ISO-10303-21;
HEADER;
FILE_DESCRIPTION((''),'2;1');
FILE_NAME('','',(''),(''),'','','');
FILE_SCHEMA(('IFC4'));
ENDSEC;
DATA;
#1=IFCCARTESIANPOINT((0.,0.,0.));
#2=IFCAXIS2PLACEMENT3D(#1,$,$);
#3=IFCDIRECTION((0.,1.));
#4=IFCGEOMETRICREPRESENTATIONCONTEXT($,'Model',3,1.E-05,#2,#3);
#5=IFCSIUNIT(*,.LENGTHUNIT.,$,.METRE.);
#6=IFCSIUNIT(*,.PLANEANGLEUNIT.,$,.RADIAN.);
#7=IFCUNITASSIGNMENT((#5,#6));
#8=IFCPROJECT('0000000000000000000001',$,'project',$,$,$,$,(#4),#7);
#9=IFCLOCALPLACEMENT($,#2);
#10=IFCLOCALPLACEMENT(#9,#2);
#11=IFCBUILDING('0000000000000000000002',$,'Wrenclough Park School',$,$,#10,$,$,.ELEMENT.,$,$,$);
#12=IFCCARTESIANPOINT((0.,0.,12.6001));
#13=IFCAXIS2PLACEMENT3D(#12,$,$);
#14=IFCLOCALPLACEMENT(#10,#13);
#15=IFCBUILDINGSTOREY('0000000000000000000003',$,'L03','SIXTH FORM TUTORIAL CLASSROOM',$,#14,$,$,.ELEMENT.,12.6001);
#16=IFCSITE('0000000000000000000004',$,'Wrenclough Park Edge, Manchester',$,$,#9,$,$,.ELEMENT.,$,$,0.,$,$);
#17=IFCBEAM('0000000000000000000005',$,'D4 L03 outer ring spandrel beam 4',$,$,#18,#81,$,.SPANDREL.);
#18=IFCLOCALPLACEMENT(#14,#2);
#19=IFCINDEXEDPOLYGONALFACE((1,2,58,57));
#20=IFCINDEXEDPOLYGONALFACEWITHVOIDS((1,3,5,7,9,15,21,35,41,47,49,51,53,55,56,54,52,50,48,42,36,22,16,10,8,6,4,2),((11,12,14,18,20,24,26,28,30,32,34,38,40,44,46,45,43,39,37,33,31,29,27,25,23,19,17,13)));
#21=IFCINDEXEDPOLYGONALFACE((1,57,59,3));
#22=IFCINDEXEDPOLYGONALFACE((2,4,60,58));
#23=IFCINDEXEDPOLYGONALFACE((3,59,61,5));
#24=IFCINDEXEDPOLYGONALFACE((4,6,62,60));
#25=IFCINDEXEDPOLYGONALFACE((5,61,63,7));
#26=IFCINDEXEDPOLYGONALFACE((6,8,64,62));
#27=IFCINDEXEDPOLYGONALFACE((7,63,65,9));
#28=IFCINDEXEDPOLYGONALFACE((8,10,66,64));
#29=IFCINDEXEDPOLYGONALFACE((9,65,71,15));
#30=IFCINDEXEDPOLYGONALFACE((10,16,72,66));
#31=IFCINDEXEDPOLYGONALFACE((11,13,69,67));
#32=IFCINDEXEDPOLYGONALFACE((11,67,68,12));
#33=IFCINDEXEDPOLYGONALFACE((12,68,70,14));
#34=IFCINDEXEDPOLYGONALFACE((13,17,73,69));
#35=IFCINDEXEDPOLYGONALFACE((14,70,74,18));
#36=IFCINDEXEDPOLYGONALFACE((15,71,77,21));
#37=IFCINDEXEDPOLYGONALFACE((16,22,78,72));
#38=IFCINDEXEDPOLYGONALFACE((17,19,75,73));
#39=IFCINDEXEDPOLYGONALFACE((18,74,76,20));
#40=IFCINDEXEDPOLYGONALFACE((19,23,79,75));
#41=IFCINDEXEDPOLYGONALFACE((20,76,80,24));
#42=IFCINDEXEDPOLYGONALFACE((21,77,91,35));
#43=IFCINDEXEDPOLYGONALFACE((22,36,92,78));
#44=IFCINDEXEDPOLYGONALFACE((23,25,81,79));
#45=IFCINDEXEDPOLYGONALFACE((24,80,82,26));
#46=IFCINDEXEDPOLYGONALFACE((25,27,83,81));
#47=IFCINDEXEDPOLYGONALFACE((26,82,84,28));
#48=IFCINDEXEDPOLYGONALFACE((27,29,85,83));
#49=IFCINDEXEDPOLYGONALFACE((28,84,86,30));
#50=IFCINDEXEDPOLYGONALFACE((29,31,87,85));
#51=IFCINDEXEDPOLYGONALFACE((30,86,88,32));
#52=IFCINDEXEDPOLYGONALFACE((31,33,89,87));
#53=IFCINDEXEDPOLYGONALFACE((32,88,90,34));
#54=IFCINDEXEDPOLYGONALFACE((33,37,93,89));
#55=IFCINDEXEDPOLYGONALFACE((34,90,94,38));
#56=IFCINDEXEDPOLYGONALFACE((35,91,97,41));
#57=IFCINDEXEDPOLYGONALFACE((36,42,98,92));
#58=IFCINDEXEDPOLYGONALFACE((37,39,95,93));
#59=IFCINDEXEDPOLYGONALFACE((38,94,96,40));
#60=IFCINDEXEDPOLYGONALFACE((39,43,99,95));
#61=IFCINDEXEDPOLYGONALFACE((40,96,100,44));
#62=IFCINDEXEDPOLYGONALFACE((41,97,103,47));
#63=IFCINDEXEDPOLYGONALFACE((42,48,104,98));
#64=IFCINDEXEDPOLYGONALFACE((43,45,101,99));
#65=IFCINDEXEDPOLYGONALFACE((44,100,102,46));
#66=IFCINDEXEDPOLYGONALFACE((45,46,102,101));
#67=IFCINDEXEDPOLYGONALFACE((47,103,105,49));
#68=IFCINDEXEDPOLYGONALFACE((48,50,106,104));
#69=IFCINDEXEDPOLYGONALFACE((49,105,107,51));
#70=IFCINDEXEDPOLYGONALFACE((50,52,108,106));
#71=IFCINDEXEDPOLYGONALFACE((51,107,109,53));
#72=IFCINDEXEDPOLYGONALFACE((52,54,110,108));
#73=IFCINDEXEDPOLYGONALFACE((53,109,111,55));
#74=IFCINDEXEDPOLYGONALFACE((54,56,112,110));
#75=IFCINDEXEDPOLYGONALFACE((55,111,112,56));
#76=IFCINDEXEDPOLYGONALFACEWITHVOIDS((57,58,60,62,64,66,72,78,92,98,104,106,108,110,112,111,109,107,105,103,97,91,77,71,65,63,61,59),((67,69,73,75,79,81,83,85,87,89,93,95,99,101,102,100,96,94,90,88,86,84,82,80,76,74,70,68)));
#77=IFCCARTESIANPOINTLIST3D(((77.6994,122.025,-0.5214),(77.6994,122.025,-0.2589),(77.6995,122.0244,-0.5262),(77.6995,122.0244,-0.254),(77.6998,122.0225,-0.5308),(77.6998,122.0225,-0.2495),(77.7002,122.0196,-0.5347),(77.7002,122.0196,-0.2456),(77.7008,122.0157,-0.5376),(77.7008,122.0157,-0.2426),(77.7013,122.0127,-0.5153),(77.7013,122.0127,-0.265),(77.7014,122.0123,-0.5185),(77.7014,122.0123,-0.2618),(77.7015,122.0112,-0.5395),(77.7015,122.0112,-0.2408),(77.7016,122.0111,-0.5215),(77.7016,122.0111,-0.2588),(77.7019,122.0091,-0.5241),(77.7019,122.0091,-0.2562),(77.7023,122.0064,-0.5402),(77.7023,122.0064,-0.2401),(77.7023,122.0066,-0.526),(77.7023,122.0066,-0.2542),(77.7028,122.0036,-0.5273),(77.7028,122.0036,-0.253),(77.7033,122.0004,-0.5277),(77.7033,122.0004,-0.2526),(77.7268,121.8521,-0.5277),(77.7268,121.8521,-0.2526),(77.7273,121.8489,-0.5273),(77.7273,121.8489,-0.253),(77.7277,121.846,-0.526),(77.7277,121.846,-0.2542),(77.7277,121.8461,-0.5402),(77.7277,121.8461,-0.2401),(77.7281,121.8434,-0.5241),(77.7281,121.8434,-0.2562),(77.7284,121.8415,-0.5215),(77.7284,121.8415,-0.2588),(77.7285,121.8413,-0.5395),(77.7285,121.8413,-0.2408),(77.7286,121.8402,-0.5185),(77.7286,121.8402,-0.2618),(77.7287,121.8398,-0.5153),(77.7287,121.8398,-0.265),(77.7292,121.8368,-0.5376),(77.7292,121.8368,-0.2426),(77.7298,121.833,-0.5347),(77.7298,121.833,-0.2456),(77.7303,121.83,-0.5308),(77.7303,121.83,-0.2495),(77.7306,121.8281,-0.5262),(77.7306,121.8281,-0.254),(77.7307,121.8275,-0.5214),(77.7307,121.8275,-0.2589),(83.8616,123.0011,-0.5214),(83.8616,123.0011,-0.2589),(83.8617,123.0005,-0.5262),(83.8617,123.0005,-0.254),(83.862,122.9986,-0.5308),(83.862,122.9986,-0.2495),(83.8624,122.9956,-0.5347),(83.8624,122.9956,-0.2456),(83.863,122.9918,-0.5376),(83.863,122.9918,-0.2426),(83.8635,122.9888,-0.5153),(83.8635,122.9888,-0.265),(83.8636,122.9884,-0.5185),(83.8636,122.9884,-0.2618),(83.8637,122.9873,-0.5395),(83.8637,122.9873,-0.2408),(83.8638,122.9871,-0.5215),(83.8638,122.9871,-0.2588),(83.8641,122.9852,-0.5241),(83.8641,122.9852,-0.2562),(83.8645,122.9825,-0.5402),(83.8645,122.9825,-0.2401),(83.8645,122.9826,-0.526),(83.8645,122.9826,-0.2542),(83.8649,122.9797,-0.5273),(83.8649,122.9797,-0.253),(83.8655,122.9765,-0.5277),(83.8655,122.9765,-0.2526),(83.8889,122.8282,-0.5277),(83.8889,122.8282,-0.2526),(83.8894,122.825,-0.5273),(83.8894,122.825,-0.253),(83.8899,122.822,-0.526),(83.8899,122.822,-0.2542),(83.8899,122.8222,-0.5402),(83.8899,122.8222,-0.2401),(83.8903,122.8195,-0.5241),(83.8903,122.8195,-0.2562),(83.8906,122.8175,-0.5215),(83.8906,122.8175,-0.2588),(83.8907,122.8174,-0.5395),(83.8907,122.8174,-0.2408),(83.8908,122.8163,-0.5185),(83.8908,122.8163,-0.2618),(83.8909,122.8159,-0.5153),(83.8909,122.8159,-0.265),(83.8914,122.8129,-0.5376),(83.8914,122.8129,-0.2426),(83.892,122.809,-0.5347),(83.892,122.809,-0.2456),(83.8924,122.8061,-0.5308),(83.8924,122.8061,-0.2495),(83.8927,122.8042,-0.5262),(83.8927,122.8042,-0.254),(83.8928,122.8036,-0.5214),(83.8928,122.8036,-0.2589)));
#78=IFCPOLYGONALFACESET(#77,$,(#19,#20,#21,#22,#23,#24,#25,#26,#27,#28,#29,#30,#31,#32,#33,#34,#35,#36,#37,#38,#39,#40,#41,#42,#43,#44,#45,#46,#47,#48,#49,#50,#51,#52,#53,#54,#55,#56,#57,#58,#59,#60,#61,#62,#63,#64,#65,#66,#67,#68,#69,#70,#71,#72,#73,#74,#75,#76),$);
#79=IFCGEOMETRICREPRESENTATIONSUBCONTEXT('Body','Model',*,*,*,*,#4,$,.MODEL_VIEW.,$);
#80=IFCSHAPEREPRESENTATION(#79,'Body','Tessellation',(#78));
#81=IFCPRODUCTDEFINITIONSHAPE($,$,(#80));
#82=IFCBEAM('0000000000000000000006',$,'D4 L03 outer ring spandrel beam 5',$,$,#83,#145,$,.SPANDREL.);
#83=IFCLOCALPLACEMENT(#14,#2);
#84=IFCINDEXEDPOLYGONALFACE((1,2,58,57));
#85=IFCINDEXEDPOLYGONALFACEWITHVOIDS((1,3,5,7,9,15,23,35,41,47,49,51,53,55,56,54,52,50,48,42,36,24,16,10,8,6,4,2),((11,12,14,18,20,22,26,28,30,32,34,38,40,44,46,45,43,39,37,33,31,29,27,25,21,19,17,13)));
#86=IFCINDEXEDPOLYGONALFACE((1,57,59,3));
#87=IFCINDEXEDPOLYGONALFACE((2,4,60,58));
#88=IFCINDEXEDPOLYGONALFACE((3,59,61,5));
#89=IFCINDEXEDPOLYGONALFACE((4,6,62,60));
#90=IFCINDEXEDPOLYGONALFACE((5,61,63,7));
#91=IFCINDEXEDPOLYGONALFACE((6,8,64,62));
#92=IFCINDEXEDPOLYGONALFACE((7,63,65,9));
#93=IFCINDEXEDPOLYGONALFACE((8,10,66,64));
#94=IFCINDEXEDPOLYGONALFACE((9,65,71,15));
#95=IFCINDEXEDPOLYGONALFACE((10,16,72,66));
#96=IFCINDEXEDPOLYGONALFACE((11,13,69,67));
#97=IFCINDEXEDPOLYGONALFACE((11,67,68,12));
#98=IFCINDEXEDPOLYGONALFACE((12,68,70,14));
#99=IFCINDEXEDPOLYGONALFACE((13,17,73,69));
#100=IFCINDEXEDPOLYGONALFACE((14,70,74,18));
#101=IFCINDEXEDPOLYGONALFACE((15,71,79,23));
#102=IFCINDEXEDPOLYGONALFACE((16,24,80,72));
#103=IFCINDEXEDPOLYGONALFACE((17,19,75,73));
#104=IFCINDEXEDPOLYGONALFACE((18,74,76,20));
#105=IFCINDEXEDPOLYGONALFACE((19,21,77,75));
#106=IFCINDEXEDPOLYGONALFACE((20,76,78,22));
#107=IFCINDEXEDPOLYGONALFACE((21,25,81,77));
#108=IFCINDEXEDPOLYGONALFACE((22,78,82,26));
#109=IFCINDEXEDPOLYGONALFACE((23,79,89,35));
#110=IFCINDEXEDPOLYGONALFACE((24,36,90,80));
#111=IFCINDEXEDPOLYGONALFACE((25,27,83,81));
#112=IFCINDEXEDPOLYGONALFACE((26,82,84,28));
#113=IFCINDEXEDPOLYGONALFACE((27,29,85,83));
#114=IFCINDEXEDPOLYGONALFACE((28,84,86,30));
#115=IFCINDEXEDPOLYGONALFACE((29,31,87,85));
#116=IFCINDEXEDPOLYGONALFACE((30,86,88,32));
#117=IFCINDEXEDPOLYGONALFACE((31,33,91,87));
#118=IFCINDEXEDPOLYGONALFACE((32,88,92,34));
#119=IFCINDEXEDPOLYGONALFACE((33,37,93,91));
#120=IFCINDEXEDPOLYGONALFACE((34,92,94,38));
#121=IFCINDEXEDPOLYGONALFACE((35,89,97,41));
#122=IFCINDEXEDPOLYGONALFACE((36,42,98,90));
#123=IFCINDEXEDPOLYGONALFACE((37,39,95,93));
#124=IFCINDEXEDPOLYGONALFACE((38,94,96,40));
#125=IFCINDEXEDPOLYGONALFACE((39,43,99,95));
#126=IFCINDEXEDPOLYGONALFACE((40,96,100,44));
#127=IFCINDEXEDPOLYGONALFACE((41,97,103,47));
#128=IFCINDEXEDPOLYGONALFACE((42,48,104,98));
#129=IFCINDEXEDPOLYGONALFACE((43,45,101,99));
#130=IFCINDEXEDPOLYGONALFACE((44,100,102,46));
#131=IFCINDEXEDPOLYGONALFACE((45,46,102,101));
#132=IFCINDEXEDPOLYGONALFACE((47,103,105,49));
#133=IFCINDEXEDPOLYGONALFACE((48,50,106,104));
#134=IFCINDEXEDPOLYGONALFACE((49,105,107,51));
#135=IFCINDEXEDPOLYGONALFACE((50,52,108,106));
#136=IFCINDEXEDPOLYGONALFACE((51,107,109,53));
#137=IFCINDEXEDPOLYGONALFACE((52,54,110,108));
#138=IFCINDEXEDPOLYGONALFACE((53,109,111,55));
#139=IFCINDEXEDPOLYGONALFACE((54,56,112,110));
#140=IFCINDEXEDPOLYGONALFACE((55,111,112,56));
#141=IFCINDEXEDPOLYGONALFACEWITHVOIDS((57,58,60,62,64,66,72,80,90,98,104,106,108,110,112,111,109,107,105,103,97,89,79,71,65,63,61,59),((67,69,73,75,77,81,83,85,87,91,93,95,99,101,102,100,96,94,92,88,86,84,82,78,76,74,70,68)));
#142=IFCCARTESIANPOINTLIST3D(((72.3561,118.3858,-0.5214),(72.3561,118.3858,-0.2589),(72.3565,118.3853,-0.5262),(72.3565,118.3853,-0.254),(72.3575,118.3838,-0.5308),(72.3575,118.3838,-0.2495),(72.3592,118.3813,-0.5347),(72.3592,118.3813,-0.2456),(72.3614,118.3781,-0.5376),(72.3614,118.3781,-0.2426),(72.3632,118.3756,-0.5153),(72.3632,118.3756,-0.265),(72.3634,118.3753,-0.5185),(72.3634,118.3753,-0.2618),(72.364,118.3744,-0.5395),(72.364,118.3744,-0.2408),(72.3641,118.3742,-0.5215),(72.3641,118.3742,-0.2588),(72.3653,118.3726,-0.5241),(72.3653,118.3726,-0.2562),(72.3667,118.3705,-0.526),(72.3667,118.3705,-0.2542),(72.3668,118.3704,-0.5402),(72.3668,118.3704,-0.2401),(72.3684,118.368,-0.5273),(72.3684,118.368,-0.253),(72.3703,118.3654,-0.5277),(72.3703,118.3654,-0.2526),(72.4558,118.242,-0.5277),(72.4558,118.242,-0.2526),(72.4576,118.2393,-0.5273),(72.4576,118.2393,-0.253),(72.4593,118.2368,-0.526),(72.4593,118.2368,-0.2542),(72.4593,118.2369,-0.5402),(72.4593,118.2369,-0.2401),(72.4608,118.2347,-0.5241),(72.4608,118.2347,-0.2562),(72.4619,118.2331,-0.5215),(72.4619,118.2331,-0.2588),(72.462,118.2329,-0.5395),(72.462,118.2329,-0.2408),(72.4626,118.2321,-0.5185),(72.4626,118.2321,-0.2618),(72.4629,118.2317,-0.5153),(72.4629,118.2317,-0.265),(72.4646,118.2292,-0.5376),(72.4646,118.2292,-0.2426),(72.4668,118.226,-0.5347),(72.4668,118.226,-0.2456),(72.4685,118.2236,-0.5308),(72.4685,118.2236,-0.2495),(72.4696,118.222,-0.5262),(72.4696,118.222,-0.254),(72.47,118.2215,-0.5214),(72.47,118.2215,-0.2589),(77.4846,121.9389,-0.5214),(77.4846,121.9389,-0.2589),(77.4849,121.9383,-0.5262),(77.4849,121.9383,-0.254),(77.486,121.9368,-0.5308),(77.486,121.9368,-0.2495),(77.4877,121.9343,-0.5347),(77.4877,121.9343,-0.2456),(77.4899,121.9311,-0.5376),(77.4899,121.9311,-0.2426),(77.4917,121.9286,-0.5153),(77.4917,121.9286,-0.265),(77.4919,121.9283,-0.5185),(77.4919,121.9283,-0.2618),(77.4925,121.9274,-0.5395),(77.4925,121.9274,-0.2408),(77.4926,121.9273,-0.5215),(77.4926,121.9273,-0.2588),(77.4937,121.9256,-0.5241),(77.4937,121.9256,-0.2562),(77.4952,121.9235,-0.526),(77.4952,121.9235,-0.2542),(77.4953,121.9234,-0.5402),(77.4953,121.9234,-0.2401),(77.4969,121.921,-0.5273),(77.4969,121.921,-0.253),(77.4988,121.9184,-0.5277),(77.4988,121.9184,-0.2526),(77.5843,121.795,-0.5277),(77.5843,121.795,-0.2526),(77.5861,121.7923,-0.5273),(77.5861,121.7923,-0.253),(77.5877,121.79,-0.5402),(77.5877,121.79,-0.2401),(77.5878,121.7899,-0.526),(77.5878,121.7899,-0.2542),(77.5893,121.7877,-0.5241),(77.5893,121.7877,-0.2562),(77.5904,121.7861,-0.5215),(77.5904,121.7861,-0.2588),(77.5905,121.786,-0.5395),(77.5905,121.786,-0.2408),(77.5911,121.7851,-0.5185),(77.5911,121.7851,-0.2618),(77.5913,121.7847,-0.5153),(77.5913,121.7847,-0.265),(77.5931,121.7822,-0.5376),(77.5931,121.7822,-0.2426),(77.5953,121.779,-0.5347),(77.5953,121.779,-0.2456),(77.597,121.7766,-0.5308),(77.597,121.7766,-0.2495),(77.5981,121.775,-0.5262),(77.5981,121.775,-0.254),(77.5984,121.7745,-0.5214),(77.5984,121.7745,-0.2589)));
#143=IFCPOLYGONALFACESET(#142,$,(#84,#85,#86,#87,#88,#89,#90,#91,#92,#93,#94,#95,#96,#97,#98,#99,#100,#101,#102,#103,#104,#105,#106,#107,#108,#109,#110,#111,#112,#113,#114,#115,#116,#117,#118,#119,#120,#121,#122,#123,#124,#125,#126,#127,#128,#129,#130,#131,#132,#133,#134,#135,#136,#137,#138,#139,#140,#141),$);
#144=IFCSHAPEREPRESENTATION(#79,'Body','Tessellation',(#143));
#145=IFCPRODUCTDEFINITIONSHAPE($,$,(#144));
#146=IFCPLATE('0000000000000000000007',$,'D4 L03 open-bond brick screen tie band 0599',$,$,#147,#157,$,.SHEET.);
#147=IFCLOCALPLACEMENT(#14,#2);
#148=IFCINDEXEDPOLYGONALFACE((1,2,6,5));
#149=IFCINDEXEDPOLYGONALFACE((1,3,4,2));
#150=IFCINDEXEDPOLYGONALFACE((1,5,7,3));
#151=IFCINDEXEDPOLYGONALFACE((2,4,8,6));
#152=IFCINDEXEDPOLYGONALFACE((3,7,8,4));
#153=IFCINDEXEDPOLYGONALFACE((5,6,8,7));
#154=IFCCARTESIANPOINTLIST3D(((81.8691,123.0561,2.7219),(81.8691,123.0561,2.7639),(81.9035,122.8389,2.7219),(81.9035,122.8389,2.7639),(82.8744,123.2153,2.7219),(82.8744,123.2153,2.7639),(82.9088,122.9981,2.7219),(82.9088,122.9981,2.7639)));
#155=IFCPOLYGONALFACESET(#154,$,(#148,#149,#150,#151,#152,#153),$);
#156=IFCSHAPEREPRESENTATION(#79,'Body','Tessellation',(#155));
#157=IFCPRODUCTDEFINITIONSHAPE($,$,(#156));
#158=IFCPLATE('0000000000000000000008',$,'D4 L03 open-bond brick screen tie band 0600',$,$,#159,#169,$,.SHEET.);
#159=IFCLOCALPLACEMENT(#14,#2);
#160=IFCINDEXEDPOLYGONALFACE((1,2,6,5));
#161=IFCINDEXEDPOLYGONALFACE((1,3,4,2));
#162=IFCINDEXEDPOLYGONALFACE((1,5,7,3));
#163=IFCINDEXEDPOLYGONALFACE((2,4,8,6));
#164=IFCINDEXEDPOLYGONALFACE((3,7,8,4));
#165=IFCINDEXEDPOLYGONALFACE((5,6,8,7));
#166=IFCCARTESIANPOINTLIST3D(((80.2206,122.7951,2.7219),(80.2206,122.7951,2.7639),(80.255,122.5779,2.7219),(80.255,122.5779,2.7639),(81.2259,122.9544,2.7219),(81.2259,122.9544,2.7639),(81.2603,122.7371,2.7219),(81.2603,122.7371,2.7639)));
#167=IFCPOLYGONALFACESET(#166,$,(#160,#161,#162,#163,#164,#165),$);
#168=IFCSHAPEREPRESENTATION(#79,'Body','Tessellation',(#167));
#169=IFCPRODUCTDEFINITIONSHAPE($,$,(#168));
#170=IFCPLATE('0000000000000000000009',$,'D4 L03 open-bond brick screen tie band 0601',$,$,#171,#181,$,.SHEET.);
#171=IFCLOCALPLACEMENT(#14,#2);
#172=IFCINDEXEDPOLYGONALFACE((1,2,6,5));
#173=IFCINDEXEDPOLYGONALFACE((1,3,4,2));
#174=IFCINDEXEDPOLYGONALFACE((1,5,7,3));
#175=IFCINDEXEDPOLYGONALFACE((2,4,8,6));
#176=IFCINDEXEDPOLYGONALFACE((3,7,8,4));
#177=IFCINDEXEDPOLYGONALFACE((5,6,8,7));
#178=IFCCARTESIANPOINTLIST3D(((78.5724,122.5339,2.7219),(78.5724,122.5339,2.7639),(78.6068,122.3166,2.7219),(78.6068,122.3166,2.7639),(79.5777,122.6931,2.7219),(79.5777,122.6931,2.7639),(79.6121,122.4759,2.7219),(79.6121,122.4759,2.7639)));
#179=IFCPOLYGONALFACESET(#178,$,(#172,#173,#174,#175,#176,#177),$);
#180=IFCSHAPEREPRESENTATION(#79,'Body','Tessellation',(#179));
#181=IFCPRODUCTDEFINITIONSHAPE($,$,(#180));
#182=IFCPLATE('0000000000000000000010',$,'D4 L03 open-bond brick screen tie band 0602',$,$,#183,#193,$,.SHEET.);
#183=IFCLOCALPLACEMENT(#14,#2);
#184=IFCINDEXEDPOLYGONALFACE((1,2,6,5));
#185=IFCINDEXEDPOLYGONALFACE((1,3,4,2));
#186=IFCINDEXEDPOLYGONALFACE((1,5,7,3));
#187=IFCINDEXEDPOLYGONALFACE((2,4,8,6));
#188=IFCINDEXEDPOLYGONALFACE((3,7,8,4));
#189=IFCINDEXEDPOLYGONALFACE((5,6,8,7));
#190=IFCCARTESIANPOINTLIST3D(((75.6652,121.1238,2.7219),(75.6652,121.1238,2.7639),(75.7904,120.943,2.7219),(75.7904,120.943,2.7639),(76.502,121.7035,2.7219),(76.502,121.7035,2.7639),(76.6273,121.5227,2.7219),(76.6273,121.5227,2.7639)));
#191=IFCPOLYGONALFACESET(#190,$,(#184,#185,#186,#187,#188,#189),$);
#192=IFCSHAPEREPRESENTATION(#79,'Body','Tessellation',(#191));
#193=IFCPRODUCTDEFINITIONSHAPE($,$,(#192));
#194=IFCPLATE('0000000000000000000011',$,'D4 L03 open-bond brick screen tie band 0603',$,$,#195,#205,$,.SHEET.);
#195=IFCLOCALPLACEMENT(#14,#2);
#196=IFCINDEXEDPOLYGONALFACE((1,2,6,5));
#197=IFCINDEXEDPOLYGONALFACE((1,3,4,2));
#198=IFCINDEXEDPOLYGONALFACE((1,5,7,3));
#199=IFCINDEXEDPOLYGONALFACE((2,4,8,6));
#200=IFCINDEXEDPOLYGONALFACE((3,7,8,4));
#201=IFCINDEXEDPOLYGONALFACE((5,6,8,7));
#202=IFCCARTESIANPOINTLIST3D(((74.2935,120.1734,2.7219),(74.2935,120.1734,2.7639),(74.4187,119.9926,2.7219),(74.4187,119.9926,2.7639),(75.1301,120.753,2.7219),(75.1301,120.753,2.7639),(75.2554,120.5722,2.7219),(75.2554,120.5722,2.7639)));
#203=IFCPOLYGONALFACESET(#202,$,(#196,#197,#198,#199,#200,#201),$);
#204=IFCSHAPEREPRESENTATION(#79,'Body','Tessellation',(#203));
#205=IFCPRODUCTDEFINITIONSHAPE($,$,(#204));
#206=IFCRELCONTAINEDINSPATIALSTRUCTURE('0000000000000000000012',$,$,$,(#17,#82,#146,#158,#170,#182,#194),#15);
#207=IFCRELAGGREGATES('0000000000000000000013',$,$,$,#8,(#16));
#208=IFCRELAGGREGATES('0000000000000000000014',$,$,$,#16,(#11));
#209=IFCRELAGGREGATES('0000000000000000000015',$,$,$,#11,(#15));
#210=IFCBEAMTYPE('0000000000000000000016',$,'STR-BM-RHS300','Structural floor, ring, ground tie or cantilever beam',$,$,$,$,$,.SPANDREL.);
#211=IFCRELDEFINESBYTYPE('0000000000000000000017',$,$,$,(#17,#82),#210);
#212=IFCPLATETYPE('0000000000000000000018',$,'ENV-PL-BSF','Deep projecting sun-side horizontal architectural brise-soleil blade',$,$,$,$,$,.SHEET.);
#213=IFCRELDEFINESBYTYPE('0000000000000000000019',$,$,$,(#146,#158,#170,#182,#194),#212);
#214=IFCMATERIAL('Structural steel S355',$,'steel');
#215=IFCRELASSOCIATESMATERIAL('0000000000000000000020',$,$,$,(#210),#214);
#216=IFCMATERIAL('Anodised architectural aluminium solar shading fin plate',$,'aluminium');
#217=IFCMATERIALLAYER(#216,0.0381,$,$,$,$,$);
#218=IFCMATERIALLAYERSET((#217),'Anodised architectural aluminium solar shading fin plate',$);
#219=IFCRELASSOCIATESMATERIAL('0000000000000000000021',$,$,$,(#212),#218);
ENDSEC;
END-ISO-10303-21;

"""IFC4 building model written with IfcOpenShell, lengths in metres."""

from ifc_helpers import new_model, si_unit, direction, frame, origin, origin_2d, place, context, subcontext, project, spatial, rectangle, hollow_rectangle, extrude, material, layer, layer_set, material_profile, profile_set, type_object, element, save


model = new_model("IFC4")

# Units and contexts
model_context = context("Model", 3, precision=1e-05, world=origin(), true_north=direction((0.0, 1.0)))
body_context = subcontext(model_context, "Body", "Model", "MODEL_VIEW")
ifc_project = project(units=[si_unit("LENGTHUNIT", "METRE"), si_unit("PLANEANGLEUNIT", "RADIAN")], contexts=[model_context])

# Site, building, storey
site_placement = place(None, origin())
site = spatial("IfcSite", under=ifc_project, at=site_placement, Name="Wrenclough Park Edge, Manchester", CompositionType="ELEMENT", RefElevation=0.0)
building_placement = place(site_placement, origin())
building = spatial("IfcBuilding", under=site, at=building_placement, Name="Wrenclough Park School", CompositionType="ELEMENT")
storey_placement = place(building_placement, frame((0.0, 0.0, 12.6001)))
storey = spatial("IfcBuildingStorey", under=building, at=storey_placement, Name="L03", Description="SIXTH FORM TUTORIAL CLASSROOM", CompositionType="ELEMENT", Elevation=12.6001)

# Shared definitions
ifc_material_1 = material(Name="Structural steel S355", Category="steel")

# Beams
ifc_material_profile_1 = material_profile(ifc_material_1, hollow_rectangle(XDim=0.2, YDim=0.3, WallThickness=0.0125, InnerFilletRadius=0.0125, OuterFilletRadius=0.0188, at=origin_2d()), Name="RHS 300x200x12.5")
ifc_profile_set_1 = profile_set([ifc_material_profile_1], Name="Structural steel S355")
beam_type = type_object("IfcBeamType", Name="STR-BM-RHS300", Description="Structural floor, ring, ground tie or cantilever beam", PredefinedType="SPANDREL", material=ifc_profile_set_1)
for number, where, z_axis, x_axis, name in (
    (1, (83.8772, 122.9023, -0.3901), (-0.987686, -0.156449, 0.0), (0.156449, -0.987686, 0.0), "D4 L03 outer ring spandrel beam 4"),
    (2, (77.5415, 121.8567, -0.3901), (-0.822002, -0.569485, 0.0), (0.569485, -0.822002, 0.0), "D4 L03 outer ring spandrel beam 5"),
):
    element("IfcBeam", number, at=place(storey_placement, frame(where, z_axis=z_axis, x_axis=x_axis)), inside=storey, type_object=beam_type, Name=name, PredefinedType="SPANDREL", context=body_context, shape_type="SweptSolid", body=[
        extrude(hollow_rectangle(XDim=0.2, YDim=0.3, WallThickness=0.0125, InnerFilletRadius=0.0125, OuterFilletRadius=0.0188, at=origin_2d()), origin(), (0.0, 0.0, 1.0), 6.239),
    ])

# Plates
ifc_material_2 = material(Name="Anodised architectural aluminium solar shading fin plate", Category="aluminium")
ifc_layer_1 = layer(ifc_material_2, 0.0381)
ifc_layer_set_1 = layer_set([ifc_layer_1], Name="Anodised architectural aluminium solar shading fin plate")
plate_type = type_object("IfcPlateType", Name="ENV-PL-BSF", Description="Deep projecting sun-side horizontal architectural brise-soleil blade", PredefinedType="SHEET", material=ifc_layer_set_1)
for number, where, z_axis, x_axis, name in (
    (3, (82.3889, 123.0271, 2.7219), (0.0, 0.0, 1.0), (-0.987688, -0.156436, 0.0), "D4 L03 open-bond brick screen tie band 0599"),
    (4, (80.7405, 122.7661, 2.7219), (0.0, 0.0, 1.0), (-0.987688, -0.156436, 0.0), "D4 L03 open-bond brick screen tie band 0600"),
    (5, (79.0923, 122.5049, 2.7219), (0.0, 0.0, 1.0), (-0.987688, -0.156436, 0.0), "D4 L03 open-bond brick screen tie band 0601"),
):
    element("IfcPlate", number, at=place(storey_placement, frame(where, z_axis=z_axis, x_axis=x_axis)), inside=storey, type_object=plate_type, Name=name, PredefinedType="SHEET", context=body_context, shape_type="SweptSolid", body=[
        extrude(rectangle(XDim=1.0178, YDim=0.22, at=origin_2d()), origin(), (0.0, 0.0, 1.0), 0.042),
    ])
plate_1_placement = place(storey_placement, frame((76.1462, 121.3232, 2.7219), z_axis=(0.0, 0.0, 1.0), x_axis=(-0.822008, -0.569476, 0.0)))
element("IfcPlate", 6, at=plate_1_placement, inside=storey, type_object=plate_type, Name="D4 L03 open-bond brick screen tie band 0602", PredefinedType="SHEET", context=body_context, shape_type="SweptSolid", body=[
    extrude(rectangle(XDim=1.0181, YDim=0.22, at=origin_2d()), origin(), (0.0, 0.0, 1.0), 0.042),
])
plate_2_placement = place(storey_placement, frame((74.7744, 120.3728, 2.7219), z_axis=(0.0, 0.0, 1.0), x_axis=(-0.822008, -0.569476, 0.0)))
element("IfcPlate", 7, at=plate_2_placement, inside=storey, type_object=plate_type, Name="D4 L03 open-bond brick screen tie band 0603", PredefinedType="SHEET", context=body_context, shape_type="SweptSolid", body=[
    extrude(rectangle(XDim=1.0178, YDim=0.22, at=origin_2d()), origin(), (0.0, 0.0, 1.0), 0.042),
])

save(model, "model.ifc")
